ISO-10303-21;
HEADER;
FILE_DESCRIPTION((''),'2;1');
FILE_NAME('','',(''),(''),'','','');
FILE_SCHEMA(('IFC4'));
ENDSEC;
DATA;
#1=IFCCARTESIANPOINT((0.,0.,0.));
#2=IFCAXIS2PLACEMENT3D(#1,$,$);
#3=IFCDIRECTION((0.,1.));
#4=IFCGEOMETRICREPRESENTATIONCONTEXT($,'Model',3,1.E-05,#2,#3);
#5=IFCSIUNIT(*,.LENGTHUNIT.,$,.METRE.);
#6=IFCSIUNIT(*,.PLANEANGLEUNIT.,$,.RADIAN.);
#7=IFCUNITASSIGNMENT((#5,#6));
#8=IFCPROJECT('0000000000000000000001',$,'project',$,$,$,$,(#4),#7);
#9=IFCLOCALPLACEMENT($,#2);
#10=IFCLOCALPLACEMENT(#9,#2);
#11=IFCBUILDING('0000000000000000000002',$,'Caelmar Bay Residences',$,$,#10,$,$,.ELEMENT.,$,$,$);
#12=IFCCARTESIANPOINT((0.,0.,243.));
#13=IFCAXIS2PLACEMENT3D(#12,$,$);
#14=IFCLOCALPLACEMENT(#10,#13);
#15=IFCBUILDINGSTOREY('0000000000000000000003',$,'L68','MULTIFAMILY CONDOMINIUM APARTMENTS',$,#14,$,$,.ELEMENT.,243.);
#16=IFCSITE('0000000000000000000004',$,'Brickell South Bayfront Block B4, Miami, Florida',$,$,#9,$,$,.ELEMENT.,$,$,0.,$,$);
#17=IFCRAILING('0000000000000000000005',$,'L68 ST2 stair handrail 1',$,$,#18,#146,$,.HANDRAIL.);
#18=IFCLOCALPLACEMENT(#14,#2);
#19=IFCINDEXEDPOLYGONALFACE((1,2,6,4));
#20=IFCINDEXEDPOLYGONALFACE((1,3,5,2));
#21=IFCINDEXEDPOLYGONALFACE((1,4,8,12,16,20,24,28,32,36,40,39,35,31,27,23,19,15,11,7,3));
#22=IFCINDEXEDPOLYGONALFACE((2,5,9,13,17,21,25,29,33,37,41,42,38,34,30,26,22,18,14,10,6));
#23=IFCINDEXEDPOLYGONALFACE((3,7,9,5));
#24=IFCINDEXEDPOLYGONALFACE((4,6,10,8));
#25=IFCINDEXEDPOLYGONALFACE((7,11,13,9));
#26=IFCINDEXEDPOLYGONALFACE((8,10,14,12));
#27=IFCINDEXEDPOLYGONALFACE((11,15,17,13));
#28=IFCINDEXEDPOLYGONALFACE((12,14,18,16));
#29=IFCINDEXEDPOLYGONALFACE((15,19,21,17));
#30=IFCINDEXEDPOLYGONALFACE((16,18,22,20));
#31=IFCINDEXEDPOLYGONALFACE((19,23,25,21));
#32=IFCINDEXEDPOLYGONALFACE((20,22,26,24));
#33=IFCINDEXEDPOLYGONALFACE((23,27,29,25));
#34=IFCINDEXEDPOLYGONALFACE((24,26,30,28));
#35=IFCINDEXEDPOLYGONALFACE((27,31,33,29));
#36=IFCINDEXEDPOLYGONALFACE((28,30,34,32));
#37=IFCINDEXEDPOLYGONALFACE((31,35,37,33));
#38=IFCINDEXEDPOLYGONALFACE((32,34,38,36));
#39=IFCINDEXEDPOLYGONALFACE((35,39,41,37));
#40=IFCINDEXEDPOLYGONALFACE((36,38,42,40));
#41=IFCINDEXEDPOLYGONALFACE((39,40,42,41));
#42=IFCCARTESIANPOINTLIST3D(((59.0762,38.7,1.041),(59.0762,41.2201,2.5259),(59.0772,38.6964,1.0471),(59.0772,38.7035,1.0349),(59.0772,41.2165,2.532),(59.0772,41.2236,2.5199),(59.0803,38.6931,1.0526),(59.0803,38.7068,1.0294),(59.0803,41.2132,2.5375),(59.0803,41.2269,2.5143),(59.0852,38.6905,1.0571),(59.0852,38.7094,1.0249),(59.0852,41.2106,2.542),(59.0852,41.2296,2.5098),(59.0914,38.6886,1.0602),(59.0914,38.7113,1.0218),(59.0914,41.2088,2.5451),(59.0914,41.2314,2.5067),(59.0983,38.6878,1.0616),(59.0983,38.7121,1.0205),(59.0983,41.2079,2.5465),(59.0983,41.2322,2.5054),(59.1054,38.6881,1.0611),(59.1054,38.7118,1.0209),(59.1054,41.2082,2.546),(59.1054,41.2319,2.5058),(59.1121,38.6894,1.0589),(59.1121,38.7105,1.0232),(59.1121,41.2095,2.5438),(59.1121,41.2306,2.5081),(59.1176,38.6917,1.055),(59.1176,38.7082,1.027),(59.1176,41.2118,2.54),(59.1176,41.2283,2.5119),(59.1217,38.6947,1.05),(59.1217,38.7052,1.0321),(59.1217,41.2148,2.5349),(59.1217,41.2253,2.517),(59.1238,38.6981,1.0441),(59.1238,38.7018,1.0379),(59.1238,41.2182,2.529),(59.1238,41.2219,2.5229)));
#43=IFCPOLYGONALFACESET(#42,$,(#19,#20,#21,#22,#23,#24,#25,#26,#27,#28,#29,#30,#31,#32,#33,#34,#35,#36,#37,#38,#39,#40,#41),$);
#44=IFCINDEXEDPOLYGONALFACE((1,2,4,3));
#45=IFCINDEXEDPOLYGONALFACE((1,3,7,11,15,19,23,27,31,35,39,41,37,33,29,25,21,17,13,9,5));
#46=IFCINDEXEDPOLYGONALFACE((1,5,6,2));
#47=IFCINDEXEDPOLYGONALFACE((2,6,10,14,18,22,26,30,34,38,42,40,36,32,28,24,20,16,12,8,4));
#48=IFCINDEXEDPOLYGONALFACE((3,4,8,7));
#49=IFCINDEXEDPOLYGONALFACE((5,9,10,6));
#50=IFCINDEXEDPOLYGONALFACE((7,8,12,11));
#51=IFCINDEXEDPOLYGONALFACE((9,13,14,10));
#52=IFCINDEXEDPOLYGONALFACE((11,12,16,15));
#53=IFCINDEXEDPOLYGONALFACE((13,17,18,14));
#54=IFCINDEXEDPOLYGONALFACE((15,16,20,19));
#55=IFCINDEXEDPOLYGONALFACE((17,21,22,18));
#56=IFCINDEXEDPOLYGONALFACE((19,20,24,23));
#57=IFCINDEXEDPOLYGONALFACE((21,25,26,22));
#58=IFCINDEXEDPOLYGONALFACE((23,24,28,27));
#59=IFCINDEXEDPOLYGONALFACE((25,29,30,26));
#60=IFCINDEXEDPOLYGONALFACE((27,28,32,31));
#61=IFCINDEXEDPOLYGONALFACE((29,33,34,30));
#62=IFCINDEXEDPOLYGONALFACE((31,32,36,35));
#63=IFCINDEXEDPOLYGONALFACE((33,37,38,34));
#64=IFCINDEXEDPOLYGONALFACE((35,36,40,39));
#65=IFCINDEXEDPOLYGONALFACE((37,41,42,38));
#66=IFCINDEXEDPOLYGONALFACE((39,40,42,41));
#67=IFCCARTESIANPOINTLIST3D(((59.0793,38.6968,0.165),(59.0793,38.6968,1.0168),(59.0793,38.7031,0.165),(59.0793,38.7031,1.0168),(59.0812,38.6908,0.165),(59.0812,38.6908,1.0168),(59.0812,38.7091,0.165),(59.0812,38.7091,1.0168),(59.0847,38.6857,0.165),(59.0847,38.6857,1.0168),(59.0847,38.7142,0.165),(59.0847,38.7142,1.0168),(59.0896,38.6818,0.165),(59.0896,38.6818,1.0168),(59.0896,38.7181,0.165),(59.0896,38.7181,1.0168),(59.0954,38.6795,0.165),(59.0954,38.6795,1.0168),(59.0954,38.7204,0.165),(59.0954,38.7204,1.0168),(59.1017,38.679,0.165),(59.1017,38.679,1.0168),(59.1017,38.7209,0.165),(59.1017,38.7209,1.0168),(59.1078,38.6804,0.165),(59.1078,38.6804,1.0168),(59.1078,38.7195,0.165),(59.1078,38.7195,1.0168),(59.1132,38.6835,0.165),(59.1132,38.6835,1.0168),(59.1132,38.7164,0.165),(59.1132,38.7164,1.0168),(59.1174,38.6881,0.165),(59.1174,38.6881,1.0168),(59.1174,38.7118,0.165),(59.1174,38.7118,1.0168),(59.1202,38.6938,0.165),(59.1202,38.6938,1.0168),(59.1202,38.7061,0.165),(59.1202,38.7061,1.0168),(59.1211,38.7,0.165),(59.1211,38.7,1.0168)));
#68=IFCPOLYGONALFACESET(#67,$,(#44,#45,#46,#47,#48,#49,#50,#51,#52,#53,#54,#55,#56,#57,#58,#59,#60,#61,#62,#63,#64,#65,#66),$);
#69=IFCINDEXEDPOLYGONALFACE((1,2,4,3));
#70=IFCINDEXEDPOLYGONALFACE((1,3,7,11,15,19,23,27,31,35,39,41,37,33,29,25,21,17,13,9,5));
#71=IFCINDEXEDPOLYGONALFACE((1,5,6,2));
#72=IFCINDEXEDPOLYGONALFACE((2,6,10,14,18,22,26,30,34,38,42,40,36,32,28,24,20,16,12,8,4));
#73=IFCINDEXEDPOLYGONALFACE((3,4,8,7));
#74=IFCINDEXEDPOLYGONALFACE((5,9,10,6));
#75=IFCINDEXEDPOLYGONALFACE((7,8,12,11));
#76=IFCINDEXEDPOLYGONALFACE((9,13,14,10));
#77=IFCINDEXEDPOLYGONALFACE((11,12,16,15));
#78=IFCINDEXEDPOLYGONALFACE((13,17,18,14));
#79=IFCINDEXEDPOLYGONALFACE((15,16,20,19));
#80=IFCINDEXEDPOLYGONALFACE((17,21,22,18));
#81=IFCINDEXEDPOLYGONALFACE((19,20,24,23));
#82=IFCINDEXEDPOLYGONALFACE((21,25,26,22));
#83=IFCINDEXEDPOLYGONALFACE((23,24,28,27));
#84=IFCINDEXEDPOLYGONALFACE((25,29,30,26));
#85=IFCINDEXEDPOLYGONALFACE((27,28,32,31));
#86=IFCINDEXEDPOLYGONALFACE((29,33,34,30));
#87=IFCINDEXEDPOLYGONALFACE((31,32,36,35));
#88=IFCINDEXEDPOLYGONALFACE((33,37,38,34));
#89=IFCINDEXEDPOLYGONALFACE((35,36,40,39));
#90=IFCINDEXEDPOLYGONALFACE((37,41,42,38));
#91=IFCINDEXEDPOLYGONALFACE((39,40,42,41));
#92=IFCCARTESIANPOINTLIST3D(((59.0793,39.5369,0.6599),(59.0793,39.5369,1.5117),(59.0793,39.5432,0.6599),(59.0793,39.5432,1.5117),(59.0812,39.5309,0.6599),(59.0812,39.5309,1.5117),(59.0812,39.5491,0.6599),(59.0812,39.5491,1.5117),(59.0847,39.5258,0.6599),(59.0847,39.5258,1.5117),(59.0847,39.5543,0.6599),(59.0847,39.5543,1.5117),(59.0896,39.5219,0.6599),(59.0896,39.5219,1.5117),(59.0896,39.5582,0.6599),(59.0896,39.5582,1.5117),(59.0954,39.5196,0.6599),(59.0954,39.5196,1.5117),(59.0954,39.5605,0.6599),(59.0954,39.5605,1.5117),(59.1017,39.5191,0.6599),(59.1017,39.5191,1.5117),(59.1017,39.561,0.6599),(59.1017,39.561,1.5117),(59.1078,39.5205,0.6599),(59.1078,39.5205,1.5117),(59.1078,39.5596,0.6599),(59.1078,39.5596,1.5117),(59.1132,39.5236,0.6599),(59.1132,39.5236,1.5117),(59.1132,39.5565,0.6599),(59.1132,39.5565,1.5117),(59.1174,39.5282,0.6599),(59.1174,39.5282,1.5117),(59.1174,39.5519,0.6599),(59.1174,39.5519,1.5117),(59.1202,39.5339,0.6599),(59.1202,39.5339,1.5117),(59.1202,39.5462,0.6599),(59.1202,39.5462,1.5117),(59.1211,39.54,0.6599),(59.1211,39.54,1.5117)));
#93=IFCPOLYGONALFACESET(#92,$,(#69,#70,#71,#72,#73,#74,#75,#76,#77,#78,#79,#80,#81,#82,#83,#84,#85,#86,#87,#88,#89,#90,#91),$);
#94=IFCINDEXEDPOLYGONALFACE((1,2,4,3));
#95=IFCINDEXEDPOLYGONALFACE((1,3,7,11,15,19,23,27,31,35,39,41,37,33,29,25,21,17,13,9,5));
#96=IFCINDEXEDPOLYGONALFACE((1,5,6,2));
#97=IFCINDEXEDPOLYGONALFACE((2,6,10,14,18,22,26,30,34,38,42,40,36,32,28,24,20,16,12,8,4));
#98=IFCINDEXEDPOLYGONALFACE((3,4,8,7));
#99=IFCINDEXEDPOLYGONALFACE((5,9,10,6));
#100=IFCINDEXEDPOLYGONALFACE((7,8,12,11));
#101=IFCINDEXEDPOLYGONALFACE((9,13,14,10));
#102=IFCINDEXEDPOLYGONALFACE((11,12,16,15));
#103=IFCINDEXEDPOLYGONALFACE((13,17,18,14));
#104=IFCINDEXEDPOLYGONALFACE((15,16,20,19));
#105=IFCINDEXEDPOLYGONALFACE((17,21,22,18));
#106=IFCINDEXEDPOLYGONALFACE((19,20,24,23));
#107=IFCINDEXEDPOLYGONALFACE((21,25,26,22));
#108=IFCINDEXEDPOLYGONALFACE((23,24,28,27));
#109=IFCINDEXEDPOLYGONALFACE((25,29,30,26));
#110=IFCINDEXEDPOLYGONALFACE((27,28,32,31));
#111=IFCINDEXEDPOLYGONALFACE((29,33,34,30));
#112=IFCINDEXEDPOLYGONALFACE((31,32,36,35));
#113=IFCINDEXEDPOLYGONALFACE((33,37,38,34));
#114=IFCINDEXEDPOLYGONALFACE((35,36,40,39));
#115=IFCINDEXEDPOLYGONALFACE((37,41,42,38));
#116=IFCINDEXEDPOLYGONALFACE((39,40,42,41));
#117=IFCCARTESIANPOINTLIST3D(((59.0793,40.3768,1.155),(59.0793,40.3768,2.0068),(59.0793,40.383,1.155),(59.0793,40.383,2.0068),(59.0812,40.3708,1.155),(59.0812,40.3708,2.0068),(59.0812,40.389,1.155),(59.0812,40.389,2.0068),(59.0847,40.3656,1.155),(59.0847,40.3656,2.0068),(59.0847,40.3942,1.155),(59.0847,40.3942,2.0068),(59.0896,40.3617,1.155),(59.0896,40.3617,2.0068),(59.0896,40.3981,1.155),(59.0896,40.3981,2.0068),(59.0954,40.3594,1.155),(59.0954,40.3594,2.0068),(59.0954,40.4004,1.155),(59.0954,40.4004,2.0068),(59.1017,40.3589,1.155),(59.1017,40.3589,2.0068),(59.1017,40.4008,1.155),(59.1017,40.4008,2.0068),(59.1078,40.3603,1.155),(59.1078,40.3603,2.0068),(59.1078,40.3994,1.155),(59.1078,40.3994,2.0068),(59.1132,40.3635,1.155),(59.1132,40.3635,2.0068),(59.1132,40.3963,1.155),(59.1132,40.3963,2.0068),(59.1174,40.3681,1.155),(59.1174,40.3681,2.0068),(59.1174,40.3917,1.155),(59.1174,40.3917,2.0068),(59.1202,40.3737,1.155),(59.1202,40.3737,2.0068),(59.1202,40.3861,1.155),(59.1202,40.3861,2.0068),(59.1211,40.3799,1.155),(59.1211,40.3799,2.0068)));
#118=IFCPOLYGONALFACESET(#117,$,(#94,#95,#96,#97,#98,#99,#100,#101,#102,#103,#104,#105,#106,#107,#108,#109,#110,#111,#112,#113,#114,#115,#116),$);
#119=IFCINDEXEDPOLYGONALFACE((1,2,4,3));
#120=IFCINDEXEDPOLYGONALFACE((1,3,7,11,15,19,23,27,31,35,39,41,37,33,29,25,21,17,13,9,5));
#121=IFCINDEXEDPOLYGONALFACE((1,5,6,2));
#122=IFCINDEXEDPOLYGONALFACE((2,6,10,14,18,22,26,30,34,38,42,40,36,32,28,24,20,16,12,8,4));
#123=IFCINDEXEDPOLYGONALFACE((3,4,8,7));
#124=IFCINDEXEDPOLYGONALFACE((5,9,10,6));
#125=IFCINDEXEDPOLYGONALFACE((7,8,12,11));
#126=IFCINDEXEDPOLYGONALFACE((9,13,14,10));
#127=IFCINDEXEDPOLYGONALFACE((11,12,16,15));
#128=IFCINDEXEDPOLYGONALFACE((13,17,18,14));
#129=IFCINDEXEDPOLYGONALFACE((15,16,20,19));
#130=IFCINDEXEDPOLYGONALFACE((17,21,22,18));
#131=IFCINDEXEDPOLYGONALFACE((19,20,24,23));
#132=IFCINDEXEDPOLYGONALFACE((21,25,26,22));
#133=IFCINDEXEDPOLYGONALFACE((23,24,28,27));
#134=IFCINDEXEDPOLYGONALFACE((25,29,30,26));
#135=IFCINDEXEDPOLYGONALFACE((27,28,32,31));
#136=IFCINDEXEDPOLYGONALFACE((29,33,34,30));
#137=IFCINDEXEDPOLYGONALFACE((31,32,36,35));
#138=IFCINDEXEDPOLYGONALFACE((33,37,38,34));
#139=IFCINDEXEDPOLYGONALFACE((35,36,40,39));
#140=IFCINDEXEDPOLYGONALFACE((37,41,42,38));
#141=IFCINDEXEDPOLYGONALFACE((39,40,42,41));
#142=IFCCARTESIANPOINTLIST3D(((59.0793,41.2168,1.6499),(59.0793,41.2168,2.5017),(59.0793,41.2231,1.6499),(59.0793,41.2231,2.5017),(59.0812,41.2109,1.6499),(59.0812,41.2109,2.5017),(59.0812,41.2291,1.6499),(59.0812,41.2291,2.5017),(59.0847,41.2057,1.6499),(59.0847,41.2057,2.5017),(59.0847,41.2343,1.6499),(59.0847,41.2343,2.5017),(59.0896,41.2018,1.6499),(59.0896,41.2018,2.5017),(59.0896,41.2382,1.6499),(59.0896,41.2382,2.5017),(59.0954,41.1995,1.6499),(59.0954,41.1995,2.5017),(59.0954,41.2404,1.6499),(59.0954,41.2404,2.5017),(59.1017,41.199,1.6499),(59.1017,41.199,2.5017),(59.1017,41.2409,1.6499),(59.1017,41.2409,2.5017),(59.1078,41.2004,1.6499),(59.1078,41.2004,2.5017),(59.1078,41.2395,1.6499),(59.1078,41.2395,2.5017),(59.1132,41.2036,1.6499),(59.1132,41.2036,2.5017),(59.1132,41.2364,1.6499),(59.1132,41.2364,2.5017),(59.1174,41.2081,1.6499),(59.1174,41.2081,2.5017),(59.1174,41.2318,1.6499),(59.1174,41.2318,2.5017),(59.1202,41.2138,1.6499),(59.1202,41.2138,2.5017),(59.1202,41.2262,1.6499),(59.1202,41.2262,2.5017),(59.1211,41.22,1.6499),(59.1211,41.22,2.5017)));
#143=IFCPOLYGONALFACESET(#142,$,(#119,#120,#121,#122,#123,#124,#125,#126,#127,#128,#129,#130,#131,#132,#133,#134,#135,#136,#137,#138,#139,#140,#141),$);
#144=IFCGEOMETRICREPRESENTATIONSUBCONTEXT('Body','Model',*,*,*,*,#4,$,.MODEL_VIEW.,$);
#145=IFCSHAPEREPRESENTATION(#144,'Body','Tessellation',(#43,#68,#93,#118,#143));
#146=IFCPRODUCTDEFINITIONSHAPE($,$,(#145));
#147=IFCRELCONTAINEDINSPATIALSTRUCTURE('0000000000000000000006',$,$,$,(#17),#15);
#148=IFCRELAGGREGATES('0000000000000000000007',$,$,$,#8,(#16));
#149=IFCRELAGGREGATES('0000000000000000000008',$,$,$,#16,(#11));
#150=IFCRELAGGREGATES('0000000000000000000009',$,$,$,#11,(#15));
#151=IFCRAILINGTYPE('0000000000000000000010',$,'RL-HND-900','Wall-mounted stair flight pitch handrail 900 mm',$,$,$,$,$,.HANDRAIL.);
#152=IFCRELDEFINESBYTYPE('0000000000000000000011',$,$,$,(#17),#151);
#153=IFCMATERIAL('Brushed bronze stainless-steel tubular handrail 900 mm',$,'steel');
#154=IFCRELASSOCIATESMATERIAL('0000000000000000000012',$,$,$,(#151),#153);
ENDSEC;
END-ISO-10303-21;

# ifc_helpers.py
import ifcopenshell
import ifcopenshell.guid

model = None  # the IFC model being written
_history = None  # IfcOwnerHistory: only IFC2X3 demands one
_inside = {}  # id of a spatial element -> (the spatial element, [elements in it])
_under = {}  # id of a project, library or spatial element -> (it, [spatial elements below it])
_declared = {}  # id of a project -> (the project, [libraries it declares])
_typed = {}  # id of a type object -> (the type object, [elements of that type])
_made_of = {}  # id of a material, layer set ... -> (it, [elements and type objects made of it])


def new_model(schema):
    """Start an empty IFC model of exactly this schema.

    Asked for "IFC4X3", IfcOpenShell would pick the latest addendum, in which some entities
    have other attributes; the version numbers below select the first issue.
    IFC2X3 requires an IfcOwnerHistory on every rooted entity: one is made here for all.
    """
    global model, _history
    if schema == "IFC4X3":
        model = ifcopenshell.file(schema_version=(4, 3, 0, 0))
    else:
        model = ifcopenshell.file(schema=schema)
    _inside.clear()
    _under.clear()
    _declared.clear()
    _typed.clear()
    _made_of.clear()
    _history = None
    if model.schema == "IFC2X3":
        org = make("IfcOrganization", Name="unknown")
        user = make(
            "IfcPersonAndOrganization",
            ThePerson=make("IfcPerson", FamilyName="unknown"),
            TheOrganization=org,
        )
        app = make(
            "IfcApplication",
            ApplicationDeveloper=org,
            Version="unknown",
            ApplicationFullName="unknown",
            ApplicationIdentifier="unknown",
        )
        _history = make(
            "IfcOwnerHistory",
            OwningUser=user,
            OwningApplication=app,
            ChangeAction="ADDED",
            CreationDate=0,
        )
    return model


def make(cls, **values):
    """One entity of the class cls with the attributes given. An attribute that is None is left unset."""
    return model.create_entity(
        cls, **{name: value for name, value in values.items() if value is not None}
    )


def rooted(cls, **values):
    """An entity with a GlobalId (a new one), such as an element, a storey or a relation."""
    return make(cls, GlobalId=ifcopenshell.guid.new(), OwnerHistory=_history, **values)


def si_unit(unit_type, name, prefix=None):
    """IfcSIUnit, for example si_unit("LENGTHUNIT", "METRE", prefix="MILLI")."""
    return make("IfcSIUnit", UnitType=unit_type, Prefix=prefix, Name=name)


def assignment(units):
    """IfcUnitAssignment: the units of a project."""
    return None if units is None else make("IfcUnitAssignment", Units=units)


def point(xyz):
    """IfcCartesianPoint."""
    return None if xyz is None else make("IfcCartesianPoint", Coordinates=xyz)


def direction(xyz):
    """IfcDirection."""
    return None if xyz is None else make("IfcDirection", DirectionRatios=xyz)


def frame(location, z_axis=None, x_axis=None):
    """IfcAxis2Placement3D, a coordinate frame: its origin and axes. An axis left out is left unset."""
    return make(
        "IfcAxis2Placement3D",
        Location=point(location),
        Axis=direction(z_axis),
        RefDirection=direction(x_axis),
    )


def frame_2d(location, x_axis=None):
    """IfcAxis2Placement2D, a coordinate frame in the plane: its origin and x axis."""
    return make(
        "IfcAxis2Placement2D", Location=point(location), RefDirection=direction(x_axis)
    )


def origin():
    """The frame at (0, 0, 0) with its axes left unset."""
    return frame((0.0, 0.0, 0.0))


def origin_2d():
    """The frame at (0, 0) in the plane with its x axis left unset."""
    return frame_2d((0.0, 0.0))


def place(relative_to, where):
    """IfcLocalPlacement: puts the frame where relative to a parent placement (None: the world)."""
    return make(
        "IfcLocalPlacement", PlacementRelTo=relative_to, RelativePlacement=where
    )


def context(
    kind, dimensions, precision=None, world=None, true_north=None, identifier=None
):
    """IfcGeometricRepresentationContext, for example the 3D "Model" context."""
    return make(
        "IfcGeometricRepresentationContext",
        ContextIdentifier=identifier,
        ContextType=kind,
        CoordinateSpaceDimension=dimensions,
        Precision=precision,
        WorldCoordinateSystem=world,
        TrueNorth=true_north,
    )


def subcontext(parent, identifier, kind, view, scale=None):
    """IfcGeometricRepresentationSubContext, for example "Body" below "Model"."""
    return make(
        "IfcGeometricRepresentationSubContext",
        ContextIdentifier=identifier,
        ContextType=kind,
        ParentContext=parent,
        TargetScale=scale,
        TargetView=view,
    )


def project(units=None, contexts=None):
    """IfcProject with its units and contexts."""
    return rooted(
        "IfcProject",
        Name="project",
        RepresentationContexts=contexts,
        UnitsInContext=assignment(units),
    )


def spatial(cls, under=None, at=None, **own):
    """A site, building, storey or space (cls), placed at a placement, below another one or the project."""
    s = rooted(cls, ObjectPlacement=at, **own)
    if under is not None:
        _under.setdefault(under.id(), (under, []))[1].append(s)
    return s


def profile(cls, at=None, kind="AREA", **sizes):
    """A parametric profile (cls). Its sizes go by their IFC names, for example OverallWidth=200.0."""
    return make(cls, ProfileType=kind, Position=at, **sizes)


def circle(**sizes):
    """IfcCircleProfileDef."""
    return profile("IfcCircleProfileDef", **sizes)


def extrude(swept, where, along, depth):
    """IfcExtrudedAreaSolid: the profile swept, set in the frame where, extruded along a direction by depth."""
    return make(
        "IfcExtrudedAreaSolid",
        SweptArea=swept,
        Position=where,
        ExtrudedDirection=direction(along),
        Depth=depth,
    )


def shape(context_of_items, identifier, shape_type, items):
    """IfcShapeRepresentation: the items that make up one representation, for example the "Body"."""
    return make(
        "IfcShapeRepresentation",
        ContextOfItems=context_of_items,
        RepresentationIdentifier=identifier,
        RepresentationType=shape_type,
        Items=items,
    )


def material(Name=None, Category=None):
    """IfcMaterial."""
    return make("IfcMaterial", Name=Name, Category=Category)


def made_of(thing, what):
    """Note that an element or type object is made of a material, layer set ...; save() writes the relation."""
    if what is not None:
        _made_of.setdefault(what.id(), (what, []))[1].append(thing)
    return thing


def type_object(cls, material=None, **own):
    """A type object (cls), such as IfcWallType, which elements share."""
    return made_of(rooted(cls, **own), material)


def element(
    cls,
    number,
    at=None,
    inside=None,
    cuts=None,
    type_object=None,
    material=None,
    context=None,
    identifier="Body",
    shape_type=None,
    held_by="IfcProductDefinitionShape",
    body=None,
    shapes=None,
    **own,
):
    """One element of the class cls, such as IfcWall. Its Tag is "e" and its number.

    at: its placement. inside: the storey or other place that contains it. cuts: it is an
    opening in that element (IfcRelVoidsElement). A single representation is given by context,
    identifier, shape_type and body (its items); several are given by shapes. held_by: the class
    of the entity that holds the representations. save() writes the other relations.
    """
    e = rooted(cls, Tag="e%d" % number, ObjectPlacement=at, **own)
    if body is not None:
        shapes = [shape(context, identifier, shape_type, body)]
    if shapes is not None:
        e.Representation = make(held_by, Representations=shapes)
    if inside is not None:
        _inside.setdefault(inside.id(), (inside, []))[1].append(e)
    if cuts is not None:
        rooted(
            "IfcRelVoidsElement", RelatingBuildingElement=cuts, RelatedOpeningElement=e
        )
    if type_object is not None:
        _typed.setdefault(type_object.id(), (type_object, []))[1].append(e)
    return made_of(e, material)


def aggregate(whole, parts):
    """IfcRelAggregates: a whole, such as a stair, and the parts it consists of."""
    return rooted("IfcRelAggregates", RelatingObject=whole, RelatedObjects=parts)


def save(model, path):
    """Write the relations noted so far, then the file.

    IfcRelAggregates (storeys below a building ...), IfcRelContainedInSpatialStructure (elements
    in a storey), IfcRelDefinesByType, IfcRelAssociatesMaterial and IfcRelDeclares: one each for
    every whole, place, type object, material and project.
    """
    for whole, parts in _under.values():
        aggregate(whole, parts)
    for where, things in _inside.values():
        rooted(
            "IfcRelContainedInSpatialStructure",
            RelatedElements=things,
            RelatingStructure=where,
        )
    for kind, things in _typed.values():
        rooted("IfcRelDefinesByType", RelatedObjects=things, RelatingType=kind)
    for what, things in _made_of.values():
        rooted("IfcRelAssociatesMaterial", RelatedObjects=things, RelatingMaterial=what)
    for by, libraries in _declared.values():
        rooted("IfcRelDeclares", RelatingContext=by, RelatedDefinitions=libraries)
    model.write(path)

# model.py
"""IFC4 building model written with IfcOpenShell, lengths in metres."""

from ifc_helpers import new_model, si_unit, direction, frame, origin, origin_2d, place, context, subcontext, project, spatial, circle, extrude, material, type_object, element, save


model = new_model("IFC4")

# Units and contexts
model_context = context("Model", 3, precision=1e-05, world=origin(), true_north=direction((0.0, 1.0)))
body_context = subcontext(model_context, "Body", "Model", "MODEL_VIEW")
ifc_project = project(units=[si_unit("LENGTHUNIT", "METRE"), si_unit("PLANEANGLEUNIT", "RADIAN")], contexts=[model_context])

# Site, building, storey
site_placement = place(None, origin())
site = spatial("IfcSite", under=ifc_project, at=site_placement, Name="Brickell South Bayfront Block B4, Miami, Florida", CompositionType="ELEMENT", RefElevation=0.0)
building_placement = place(site_placement, origin())
building = spatial("IfcBuilding", under=site, at=building_placement, Name="Caelmar Bay Residences", CompositionType="ELEMENT")
storey_placement = place(building_placement, frame((0.0, 0.0, 243.0)))
storey = spatial("IfcBuildingStorey", under=building, at=storey_placement, Name="L68", Description="MULTIFAMILY CONDOMINIUM APARTMENTS", CompositionType="ELEMENT", Elevation=243.0)

# Railing
ifc_material_1 = material(Name="Brushed bronze stainless-steel tubular handrail 900 mm", Category="steel")
railing_type_1 = type_object("IfcRailingType", Name="RL-HND-900", Description="Wall-mounted stair flight pitch handrail 900 mm", PredefinedType="HANDRAIL", material=ifc_material_1)
railing_1_placement = place(storey_placement, frame((59.1001, 38.7, 0.165)))
element("IfcRailing", 1, at=railing_1_placement, inside=storey, type_object=railing_type_1, Name="L68 ST2 stair handrail 1", PredefinedType="HANDRAIL", context=body_context, shape_type="SweptSolid", body=[
    extrude(circle(Radius=0.0239, at=origin_2d()), frame((0.0, 0.0, 0.876), z_axis=(0.0, 0.861561, 0.507655), x_axis=(-1.0, 0.0, 0.0)), (0.0, 0.0, 1.0), 2.925),
    extrude(circle(Radius=0.021, at=origin_2d()), origin(), (0.0, 0.0, 1.0), 0.8518),
    extrude(circle(Radius=0.021, at=origin_2d()), frame((0.0, 0.8401, 0.4949)), (0.0, 0.0, 1.0), 0.8518),
    extrude(circle(Radius=0.021, at=origin_2d()), frame((0.0, 1.6799, 0.99)), (0.0, 0.0, 1.0), 0.8518),
    extrude(circle(Radius=0.021, at=origin_2d()), frame((0.0, 2.52, 1.4849)), (0.0, 0.0, 1.0), 0.8518),
])

save(model, "model.ifc")
